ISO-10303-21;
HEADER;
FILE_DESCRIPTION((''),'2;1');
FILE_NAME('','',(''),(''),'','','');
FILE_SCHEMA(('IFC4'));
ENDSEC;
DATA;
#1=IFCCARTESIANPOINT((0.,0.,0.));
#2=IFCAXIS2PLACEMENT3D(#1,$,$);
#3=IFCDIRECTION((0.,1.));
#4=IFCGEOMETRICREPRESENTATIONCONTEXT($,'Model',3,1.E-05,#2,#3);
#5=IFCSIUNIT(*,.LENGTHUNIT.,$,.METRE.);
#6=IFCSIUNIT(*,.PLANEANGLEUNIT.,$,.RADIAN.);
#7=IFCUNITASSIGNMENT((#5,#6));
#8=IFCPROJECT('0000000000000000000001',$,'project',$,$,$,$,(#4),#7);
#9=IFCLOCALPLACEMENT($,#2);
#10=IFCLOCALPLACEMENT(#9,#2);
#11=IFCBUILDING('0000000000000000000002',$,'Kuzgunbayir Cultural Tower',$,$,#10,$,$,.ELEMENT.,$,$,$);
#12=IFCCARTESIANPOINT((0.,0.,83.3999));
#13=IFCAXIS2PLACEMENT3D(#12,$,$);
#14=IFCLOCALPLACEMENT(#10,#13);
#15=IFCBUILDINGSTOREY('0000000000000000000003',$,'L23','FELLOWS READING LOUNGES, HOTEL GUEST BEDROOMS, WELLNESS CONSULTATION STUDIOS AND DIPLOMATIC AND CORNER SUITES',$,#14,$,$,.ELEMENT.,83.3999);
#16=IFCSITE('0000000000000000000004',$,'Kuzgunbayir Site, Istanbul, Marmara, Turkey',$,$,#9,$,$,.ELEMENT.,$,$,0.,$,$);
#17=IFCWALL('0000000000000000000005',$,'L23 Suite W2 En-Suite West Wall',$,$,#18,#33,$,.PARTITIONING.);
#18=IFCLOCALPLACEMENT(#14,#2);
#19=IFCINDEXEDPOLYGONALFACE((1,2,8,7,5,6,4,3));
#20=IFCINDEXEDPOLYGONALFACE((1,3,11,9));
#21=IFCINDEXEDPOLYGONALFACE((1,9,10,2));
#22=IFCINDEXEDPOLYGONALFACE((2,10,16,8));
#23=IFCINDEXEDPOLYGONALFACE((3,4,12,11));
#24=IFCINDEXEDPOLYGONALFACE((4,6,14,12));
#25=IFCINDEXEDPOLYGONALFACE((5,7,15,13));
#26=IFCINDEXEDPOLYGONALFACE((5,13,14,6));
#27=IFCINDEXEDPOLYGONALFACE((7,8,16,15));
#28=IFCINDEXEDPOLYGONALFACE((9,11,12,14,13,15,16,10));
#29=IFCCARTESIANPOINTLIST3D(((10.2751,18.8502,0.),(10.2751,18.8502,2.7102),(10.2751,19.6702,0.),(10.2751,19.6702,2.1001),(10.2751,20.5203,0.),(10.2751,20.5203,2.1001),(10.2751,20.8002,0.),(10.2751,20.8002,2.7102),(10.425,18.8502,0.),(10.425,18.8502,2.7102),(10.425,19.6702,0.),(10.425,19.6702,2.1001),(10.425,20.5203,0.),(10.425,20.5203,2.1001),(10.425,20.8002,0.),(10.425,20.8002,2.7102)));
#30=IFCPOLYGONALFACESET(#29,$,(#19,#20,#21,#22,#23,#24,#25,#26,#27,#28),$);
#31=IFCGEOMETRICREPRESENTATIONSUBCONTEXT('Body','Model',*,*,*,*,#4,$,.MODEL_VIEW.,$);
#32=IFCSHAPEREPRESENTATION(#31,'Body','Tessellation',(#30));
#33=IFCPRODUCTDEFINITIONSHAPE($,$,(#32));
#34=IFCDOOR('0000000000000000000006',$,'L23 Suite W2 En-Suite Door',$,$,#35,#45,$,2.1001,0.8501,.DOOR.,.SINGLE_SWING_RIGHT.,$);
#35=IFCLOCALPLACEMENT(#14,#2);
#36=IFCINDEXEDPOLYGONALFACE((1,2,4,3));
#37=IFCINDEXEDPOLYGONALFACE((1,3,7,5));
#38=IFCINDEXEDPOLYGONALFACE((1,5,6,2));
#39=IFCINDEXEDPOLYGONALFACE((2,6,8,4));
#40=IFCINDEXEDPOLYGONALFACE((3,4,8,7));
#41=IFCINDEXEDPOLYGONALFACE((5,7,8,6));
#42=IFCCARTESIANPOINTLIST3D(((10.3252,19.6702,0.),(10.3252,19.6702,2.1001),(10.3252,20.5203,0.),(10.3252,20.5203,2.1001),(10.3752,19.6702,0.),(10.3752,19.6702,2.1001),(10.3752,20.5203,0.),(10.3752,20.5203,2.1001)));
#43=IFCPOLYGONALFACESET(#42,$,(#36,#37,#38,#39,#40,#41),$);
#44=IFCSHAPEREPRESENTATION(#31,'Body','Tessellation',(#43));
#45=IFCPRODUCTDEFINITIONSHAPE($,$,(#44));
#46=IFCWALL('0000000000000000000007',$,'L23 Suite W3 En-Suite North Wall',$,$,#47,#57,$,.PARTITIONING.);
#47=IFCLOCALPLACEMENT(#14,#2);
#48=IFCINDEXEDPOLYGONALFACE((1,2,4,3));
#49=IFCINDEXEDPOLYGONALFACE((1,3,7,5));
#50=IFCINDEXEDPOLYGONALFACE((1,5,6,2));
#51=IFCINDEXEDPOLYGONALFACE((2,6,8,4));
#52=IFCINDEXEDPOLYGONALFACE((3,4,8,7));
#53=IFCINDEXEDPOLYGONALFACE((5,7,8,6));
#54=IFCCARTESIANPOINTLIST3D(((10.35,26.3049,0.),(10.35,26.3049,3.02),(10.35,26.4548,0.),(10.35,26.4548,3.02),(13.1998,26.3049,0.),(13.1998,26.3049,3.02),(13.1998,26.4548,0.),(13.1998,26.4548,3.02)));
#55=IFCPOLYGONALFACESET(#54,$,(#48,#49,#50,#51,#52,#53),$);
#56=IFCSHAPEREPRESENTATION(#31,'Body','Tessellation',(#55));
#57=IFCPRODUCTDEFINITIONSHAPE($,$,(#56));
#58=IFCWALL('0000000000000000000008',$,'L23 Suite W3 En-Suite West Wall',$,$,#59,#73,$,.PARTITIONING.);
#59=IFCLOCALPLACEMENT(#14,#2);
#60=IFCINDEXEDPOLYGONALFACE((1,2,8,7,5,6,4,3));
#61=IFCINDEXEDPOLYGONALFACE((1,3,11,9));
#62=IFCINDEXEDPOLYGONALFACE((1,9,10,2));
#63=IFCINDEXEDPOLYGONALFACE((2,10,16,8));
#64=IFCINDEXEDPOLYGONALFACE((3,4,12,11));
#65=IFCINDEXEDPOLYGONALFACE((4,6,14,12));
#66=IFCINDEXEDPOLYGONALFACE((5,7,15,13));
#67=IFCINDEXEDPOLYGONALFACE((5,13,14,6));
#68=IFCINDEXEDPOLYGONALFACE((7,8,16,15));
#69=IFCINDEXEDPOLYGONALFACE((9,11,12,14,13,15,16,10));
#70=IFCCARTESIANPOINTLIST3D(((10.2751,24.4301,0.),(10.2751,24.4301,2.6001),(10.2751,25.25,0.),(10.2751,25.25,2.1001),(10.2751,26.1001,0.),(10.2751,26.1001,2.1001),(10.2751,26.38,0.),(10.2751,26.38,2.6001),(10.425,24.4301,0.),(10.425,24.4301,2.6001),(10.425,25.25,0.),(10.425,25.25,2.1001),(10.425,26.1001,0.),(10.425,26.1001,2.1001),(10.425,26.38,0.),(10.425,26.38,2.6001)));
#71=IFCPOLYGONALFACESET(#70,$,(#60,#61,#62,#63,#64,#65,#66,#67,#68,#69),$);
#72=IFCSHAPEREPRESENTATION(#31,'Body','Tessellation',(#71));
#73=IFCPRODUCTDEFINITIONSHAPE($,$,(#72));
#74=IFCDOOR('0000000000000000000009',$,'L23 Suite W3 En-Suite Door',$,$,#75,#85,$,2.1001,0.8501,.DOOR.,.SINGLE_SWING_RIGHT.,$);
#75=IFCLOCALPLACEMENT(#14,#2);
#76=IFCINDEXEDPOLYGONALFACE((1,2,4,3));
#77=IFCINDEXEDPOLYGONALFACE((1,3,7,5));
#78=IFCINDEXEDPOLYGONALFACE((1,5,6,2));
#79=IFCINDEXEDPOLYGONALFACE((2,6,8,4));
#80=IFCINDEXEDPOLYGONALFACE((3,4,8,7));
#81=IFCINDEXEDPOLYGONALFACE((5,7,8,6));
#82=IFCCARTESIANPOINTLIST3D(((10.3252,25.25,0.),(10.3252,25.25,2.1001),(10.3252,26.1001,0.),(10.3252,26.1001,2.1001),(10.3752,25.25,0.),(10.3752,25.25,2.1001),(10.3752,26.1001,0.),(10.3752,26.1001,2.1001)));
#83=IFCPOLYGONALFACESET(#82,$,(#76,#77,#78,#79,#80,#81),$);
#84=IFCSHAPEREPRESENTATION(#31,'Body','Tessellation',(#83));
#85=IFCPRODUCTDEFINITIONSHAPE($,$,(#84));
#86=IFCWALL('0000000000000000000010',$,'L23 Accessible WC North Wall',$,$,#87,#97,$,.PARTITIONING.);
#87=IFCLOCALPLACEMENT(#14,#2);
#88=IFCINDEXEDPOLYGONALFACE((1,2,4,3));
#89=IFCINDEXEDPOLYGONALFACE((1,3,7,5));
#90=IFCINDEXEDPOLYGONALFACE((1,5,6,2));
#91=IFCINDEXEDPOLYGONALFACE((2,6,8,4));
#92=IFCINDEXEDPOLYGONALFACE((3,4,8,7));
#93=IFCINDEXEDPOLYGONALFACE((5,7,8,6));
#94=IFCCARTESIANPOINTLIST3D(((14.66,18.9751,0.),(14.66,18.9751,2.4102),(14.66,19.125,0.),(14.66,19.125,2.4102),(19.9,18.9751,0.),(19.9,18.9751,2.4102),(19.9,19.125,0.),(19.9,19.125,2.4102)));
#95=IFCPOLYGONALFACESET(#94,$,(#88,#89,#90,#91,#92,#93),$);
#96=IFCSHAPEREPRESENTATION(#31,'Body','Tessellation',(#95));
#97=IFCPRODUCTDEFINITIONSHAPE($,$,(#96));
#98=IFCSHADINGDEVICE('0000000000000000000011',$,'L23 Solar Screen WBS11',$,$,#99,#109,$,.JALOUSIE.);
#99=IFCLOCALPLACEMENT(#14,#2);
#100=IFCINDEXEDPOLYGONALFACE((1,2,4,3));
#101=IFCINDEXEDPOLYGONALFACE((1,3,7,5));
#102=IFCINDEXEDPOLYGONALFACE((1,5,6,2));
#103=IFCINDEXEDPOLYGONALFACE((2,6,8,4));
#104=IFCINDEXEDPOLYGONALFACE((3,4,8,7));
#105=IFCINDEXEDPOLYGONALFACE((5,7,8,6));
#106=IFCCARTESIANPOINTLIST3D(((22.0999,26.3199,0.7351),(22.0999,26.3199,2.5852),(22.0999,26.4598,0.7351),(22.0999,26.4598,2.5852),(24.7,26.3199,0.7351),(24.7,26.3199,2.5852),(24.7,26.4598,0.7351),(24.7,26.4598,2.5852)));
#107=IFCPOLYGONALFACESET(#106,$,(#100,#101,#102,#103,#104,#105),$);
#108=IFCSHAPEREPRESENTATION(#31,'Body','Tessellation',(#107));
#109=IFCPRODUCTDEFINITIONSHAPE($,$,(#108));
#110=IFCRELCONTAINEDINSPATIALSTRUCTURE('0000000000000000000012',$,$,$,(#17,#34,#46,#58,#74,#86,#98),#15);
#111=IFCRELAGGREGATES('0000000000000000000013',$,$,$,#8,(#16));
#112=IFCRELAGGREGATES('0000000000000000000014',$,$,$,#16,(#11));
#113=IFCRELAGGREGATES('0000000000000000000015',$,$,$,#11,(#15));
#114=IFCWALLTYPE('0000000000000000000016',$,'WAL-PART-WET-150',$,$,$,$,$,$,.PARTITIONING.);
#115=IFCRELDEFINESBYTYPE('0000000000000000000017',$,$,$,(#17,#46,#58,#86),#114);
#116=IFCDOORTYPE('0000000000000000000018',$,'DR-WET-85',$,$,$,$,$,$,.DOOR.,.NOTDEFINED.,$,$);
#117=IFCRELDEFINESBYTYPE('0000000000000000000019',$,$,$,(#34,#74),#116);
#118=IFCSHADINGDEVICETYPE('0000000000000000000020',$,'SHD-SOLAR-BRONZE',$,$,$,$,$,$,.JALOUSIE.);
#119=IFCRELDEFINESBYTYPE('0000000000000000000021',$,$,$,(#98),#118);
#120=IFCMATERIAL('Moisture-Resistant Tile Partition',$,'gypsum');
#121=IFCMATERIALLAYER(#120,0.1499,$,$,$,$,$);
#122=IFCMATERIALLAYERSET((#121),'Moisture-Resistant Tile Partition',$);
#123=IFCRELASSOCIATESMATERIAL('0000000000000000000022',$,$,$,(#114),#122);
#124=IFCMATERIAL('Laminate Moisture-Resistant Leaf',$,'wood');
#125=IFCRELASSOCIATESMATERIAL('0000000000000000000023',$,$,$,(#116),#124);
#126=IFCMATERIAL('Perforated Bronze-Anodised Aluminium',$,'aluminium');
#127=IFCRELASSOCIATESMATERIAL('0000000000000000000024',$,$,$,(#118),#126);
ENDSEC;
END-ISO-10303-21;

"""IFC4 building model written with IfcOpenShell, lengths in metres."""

from ifc_helpers import new_model, si_unit, direction, frame, frame_2d, origin, origin_2d, place, context, subcontext, project, spatial, rectangle, extrude, material, layer, layer_set, type_object, element, fill, save


model = new_model("IFC4")

# Units and contexts
model_context = context("Model", 3, precision=1e-05, world=origin(), true_north=direction((0.0, 1.0)))
body_context = subcontext(model_context, "Body", "Model", "MODEL_VIEW")
ifc_project = project(units=[si_unit("LENGTHUNIT", "METRE"), si_unit("PLANEANGLEUNIT", "RADIAN")], contexts=[model_context])

# Site, building, storey
site_placement = place(None, origin())
site = spatial("IfcSite", under=ifc_project, at=site_placement, Name="Kuzgunbayir Site, Istanbul, Marmara, Turkey", CompositionType="ELEMENT", RefElevation=0.0)
building_placement = place(site_placement, origin())
building = spatial("IfcBuilding", under=site, at=building_placement, Name="Kuzgunbayir Cultural Tower", CompositionType="ELEMENT")
storey_placement = place(building_placement, frame((0.0, 0.0, 83.3999)))
storey = spatial("IfcBuildingStorey", under=building, at=storey_placement, Name="L23", Description="FELLOWS READING LOUNGES, HOTEL GUEST BEDROOMS, WELLNESS CONSULTATION STUDIOS AND DIPLOMATIC AND CORNER SUITES", CompositionType="ELEMENT", Elevation=83.3999)

# Shared definitions
ifc_material_1 = material(Name="Moisture-Resistant Tile Partition", Category="gypsum")
ifc_layer_1 = layer(ifc_material_1, 0.1499)
ifc_layer_set_1 = layer_set([ifc_layer_1], Name="Moisture-Resistant Tile Partition")
wall_type_1 = type_object("IfcWallType", Name="WAL-PART-WET-150", PredefinedType="PARTITIONING", material=ifc_layer_set_1)

# Wall, opening, door
wall_1_placement = place(storey_placement, frame((10.3501, 18.8501, 0.0), z_axis=(0.0, 0.0, 1.0), x_axis=(0.0, 1.0, 0.0)))
wall_1 = element("IfcWall", 1, at=wall_1_placement, inside=storey, type_object=wall_type_1, Name="L23 Suite W2 En-Suite West Wall", PredefinedType="PARTITIONING", context=body_context, shape_type="SweptSolid", body=[
    extrude(rectangle(XDim=1.95, YDim=0.1499, at=frame_2d((0.9751, 0.0))), origin(), (0.0, 0.0, 1.0), 2.7102),
])
opening_1_placement = place(wall_1_placement, frame((0.8201, 0.0, 0.0)))
opening_1 = element("IfcOpeningElement", 2, at=opening_1_placement, cuts=wall_1, PredefinedType="OPENING", context=body_context, shape_type="SweptSolid", body=[
    extrude(rectangle(XDim=0.8501, YDim=2.1001, at=frame_2d((0.425, 1.05))), frame((0.0, 0.085, 0.0), z_axis=(0.0, -1.0, 0.0), x_axis=(1.0, 0.0, 0.0)), (0.0, 0.0, 1.0), 0.1699),
])
ifc_material_2 = material(Name="Laminate Moisture-Resistant Leaf", Category="wood")
door_type_1 = type_object("IfcDoorType", Name="DR-WET-85", OperationType="NOTDEFINED", PredefinedType="DOOR", material=ifc_material_2)
door_1_placement = place(opening_1_placement, origin())
door_1 = element("IfcDoor", 3, at=door_1_placement, inside=storey, type_object=door_type_1, Name="L23 Suite W2 En-Suite Door", OperationType="SINGLE_SWING_RIGHT", OverallHeight=2.1001, OverallWidth=0.8501, PredefinedType="DOOR", context=body_context, shape_type="SweptSolid", body=[
    extrude(rectangle(XDim=0.8501, YDim=2.1001, at=frame_2d((0.425, 1.05))), frame((0.0, 0.0249, 0.0), z_axis=(0.0, -1.0, 0.0), x_axis=(1.0, 0.0, 0.0)), (0.0, 0.0, 1.0), 0.05),
])
fill(opening_1, door_1)

# Wall
wall_2_placement = place(storey_placement, frame((10.3501, 26.3799, 0.0), z_axis=(0.0, 0.0, 1.0), x_axis=(1.0, 0.0, 0.0)))
element("IfcWall", 4, at=wall_2_placement, inside=storey, type_object=wall_type_1, Name="L23 Suite W3 En-Suite North Wall", PredefinedType="PARTITIONING", context=body_context, shape_type="SweptSolid", body=[
    extrude(rectangle(XDim=2.8499, YDim=0.1499, at=frame_2d((1.4248, 0.0))), origin(), (0.0, 0.0, 1.0), 3.02),
])

# Wall, opening, door
wall_3_placement = place(storey_placement, frame((10.3501, 24.4299, 0.0), z_axis=(0.0, 0.0, 1.0), x_axis=(0.0, 1.0, 0.0)))
wall_3 = element("IfcWall", 5, at=wall_3_placement, inside=storey, type_object=wall_type_1, Name="L23 Suite W3 En-Suite West Wall", PredefinedType="PARTITIONING", context=body_context, shape_type="SweptSolid", body=[
    extrude(rectangle(XDim=1.95, YDim=0.1499, at=frame_2d((0.9751, 0.0))), origin(), (0.0, 0.0, 1.0), 2.6001),
])
opening_2_placement = place(wall_3_placement, frame((0.8201, 0.0, 0.0)))
opening_2 = element("IfcOpeningElement", 6, at=opening_2_placement, cuts=wall_3, PredefinedType="OPENING", context=body_context, shape_type="SweptSolid", body=[
    extrude(rectangle(XDim=0.8501, YDim=2.1001, at=frame_2d((0.425, 1.05))), frame((0.0, 0.085, 0.0), z_axis=(0.0, -1.0, 0.0), x_axis=(1.0, 0.0, 0.0)), (0.0, 0.0, 1.0), 0.1699),
])
door_2_placement = place(opening_2_placement, origin())
door_2 = element("IfcDoor", 7, at=door_2_placement, inside=storey, type_object=door_type_1, Name="L23 Suite W3 En-Suite Door", OperationType="SINGLE_SWING_RIGHT", OverallHeight=2.1001, OverallWidth=0.8501, PredefinedType="DOOR", context=body_context, shape_type="SweptSolid", body=[
    extrude(rectangle(XDim=0.8501, YDim=2.1001, at=frame_2d((0.425, 1.05))), frame((0.0, 0.0249, 0.0), z_axis=(0.0, -1.0, 0.0), x_axis=(1.0, 0.0, 0.0)), (0.0, 0.0, 1.0), 0.05),
])
fill(opening_2, door_2)

# Wall
wall_4_placement = place(storey_placement, frame((14.6599, 19.05, 0.0), z_axis=(0.0, 0.0, 1.0), x_axis=(1.0, 0.0, 0.0)))
element("IfcWall", 8, at=wall_4_placement, inside=storey, type_object=wall_type_1, Name="L23 Accessible WC North Wall", PredefinedType="PARTITIONING", context=body_context, shape_type="SweptSolid", body=[
    extrude(rectangle(XDim=5.24, YDim=0.1499, at=frame_2d((2.6201, 0.0))), origin(), (0.0, 0.0, 1.0), 2.4102),
])

# Shading device
ifc_material_3 = material(Name="Perforated Bronze-Anodised Aluminium", Category="aluminium")
shading_device_type = type_object("IfcShadingDeviceType", Name="SHD-SOLAR-BRONZE", PredefinedType="JALOUSIE", material=ifc_material_3)
shading_device_placement = place(storey_placement, frame((23.3999, 26.3899, 0.7351), z_axis=(0.0, 0.0, 1.0), x_axis=(1.0, 0.0, 0.0)))
element("IfcShadingDevice", 9, at=shading_device_placement, inside=storey, type_object=shading_device_type, Name="L23 Solar Screen WBS11", PredefinedType="JALOUSIE", context=body_context, shape_type="SweptSolid", body=[
    extrude(rectangle(XDim=2.6001, YDim=0.1399, at=origin_2d()), origin(), (0.0, 0.0, 1.0), 1.8501),
])

save(model, "model.ifc")
